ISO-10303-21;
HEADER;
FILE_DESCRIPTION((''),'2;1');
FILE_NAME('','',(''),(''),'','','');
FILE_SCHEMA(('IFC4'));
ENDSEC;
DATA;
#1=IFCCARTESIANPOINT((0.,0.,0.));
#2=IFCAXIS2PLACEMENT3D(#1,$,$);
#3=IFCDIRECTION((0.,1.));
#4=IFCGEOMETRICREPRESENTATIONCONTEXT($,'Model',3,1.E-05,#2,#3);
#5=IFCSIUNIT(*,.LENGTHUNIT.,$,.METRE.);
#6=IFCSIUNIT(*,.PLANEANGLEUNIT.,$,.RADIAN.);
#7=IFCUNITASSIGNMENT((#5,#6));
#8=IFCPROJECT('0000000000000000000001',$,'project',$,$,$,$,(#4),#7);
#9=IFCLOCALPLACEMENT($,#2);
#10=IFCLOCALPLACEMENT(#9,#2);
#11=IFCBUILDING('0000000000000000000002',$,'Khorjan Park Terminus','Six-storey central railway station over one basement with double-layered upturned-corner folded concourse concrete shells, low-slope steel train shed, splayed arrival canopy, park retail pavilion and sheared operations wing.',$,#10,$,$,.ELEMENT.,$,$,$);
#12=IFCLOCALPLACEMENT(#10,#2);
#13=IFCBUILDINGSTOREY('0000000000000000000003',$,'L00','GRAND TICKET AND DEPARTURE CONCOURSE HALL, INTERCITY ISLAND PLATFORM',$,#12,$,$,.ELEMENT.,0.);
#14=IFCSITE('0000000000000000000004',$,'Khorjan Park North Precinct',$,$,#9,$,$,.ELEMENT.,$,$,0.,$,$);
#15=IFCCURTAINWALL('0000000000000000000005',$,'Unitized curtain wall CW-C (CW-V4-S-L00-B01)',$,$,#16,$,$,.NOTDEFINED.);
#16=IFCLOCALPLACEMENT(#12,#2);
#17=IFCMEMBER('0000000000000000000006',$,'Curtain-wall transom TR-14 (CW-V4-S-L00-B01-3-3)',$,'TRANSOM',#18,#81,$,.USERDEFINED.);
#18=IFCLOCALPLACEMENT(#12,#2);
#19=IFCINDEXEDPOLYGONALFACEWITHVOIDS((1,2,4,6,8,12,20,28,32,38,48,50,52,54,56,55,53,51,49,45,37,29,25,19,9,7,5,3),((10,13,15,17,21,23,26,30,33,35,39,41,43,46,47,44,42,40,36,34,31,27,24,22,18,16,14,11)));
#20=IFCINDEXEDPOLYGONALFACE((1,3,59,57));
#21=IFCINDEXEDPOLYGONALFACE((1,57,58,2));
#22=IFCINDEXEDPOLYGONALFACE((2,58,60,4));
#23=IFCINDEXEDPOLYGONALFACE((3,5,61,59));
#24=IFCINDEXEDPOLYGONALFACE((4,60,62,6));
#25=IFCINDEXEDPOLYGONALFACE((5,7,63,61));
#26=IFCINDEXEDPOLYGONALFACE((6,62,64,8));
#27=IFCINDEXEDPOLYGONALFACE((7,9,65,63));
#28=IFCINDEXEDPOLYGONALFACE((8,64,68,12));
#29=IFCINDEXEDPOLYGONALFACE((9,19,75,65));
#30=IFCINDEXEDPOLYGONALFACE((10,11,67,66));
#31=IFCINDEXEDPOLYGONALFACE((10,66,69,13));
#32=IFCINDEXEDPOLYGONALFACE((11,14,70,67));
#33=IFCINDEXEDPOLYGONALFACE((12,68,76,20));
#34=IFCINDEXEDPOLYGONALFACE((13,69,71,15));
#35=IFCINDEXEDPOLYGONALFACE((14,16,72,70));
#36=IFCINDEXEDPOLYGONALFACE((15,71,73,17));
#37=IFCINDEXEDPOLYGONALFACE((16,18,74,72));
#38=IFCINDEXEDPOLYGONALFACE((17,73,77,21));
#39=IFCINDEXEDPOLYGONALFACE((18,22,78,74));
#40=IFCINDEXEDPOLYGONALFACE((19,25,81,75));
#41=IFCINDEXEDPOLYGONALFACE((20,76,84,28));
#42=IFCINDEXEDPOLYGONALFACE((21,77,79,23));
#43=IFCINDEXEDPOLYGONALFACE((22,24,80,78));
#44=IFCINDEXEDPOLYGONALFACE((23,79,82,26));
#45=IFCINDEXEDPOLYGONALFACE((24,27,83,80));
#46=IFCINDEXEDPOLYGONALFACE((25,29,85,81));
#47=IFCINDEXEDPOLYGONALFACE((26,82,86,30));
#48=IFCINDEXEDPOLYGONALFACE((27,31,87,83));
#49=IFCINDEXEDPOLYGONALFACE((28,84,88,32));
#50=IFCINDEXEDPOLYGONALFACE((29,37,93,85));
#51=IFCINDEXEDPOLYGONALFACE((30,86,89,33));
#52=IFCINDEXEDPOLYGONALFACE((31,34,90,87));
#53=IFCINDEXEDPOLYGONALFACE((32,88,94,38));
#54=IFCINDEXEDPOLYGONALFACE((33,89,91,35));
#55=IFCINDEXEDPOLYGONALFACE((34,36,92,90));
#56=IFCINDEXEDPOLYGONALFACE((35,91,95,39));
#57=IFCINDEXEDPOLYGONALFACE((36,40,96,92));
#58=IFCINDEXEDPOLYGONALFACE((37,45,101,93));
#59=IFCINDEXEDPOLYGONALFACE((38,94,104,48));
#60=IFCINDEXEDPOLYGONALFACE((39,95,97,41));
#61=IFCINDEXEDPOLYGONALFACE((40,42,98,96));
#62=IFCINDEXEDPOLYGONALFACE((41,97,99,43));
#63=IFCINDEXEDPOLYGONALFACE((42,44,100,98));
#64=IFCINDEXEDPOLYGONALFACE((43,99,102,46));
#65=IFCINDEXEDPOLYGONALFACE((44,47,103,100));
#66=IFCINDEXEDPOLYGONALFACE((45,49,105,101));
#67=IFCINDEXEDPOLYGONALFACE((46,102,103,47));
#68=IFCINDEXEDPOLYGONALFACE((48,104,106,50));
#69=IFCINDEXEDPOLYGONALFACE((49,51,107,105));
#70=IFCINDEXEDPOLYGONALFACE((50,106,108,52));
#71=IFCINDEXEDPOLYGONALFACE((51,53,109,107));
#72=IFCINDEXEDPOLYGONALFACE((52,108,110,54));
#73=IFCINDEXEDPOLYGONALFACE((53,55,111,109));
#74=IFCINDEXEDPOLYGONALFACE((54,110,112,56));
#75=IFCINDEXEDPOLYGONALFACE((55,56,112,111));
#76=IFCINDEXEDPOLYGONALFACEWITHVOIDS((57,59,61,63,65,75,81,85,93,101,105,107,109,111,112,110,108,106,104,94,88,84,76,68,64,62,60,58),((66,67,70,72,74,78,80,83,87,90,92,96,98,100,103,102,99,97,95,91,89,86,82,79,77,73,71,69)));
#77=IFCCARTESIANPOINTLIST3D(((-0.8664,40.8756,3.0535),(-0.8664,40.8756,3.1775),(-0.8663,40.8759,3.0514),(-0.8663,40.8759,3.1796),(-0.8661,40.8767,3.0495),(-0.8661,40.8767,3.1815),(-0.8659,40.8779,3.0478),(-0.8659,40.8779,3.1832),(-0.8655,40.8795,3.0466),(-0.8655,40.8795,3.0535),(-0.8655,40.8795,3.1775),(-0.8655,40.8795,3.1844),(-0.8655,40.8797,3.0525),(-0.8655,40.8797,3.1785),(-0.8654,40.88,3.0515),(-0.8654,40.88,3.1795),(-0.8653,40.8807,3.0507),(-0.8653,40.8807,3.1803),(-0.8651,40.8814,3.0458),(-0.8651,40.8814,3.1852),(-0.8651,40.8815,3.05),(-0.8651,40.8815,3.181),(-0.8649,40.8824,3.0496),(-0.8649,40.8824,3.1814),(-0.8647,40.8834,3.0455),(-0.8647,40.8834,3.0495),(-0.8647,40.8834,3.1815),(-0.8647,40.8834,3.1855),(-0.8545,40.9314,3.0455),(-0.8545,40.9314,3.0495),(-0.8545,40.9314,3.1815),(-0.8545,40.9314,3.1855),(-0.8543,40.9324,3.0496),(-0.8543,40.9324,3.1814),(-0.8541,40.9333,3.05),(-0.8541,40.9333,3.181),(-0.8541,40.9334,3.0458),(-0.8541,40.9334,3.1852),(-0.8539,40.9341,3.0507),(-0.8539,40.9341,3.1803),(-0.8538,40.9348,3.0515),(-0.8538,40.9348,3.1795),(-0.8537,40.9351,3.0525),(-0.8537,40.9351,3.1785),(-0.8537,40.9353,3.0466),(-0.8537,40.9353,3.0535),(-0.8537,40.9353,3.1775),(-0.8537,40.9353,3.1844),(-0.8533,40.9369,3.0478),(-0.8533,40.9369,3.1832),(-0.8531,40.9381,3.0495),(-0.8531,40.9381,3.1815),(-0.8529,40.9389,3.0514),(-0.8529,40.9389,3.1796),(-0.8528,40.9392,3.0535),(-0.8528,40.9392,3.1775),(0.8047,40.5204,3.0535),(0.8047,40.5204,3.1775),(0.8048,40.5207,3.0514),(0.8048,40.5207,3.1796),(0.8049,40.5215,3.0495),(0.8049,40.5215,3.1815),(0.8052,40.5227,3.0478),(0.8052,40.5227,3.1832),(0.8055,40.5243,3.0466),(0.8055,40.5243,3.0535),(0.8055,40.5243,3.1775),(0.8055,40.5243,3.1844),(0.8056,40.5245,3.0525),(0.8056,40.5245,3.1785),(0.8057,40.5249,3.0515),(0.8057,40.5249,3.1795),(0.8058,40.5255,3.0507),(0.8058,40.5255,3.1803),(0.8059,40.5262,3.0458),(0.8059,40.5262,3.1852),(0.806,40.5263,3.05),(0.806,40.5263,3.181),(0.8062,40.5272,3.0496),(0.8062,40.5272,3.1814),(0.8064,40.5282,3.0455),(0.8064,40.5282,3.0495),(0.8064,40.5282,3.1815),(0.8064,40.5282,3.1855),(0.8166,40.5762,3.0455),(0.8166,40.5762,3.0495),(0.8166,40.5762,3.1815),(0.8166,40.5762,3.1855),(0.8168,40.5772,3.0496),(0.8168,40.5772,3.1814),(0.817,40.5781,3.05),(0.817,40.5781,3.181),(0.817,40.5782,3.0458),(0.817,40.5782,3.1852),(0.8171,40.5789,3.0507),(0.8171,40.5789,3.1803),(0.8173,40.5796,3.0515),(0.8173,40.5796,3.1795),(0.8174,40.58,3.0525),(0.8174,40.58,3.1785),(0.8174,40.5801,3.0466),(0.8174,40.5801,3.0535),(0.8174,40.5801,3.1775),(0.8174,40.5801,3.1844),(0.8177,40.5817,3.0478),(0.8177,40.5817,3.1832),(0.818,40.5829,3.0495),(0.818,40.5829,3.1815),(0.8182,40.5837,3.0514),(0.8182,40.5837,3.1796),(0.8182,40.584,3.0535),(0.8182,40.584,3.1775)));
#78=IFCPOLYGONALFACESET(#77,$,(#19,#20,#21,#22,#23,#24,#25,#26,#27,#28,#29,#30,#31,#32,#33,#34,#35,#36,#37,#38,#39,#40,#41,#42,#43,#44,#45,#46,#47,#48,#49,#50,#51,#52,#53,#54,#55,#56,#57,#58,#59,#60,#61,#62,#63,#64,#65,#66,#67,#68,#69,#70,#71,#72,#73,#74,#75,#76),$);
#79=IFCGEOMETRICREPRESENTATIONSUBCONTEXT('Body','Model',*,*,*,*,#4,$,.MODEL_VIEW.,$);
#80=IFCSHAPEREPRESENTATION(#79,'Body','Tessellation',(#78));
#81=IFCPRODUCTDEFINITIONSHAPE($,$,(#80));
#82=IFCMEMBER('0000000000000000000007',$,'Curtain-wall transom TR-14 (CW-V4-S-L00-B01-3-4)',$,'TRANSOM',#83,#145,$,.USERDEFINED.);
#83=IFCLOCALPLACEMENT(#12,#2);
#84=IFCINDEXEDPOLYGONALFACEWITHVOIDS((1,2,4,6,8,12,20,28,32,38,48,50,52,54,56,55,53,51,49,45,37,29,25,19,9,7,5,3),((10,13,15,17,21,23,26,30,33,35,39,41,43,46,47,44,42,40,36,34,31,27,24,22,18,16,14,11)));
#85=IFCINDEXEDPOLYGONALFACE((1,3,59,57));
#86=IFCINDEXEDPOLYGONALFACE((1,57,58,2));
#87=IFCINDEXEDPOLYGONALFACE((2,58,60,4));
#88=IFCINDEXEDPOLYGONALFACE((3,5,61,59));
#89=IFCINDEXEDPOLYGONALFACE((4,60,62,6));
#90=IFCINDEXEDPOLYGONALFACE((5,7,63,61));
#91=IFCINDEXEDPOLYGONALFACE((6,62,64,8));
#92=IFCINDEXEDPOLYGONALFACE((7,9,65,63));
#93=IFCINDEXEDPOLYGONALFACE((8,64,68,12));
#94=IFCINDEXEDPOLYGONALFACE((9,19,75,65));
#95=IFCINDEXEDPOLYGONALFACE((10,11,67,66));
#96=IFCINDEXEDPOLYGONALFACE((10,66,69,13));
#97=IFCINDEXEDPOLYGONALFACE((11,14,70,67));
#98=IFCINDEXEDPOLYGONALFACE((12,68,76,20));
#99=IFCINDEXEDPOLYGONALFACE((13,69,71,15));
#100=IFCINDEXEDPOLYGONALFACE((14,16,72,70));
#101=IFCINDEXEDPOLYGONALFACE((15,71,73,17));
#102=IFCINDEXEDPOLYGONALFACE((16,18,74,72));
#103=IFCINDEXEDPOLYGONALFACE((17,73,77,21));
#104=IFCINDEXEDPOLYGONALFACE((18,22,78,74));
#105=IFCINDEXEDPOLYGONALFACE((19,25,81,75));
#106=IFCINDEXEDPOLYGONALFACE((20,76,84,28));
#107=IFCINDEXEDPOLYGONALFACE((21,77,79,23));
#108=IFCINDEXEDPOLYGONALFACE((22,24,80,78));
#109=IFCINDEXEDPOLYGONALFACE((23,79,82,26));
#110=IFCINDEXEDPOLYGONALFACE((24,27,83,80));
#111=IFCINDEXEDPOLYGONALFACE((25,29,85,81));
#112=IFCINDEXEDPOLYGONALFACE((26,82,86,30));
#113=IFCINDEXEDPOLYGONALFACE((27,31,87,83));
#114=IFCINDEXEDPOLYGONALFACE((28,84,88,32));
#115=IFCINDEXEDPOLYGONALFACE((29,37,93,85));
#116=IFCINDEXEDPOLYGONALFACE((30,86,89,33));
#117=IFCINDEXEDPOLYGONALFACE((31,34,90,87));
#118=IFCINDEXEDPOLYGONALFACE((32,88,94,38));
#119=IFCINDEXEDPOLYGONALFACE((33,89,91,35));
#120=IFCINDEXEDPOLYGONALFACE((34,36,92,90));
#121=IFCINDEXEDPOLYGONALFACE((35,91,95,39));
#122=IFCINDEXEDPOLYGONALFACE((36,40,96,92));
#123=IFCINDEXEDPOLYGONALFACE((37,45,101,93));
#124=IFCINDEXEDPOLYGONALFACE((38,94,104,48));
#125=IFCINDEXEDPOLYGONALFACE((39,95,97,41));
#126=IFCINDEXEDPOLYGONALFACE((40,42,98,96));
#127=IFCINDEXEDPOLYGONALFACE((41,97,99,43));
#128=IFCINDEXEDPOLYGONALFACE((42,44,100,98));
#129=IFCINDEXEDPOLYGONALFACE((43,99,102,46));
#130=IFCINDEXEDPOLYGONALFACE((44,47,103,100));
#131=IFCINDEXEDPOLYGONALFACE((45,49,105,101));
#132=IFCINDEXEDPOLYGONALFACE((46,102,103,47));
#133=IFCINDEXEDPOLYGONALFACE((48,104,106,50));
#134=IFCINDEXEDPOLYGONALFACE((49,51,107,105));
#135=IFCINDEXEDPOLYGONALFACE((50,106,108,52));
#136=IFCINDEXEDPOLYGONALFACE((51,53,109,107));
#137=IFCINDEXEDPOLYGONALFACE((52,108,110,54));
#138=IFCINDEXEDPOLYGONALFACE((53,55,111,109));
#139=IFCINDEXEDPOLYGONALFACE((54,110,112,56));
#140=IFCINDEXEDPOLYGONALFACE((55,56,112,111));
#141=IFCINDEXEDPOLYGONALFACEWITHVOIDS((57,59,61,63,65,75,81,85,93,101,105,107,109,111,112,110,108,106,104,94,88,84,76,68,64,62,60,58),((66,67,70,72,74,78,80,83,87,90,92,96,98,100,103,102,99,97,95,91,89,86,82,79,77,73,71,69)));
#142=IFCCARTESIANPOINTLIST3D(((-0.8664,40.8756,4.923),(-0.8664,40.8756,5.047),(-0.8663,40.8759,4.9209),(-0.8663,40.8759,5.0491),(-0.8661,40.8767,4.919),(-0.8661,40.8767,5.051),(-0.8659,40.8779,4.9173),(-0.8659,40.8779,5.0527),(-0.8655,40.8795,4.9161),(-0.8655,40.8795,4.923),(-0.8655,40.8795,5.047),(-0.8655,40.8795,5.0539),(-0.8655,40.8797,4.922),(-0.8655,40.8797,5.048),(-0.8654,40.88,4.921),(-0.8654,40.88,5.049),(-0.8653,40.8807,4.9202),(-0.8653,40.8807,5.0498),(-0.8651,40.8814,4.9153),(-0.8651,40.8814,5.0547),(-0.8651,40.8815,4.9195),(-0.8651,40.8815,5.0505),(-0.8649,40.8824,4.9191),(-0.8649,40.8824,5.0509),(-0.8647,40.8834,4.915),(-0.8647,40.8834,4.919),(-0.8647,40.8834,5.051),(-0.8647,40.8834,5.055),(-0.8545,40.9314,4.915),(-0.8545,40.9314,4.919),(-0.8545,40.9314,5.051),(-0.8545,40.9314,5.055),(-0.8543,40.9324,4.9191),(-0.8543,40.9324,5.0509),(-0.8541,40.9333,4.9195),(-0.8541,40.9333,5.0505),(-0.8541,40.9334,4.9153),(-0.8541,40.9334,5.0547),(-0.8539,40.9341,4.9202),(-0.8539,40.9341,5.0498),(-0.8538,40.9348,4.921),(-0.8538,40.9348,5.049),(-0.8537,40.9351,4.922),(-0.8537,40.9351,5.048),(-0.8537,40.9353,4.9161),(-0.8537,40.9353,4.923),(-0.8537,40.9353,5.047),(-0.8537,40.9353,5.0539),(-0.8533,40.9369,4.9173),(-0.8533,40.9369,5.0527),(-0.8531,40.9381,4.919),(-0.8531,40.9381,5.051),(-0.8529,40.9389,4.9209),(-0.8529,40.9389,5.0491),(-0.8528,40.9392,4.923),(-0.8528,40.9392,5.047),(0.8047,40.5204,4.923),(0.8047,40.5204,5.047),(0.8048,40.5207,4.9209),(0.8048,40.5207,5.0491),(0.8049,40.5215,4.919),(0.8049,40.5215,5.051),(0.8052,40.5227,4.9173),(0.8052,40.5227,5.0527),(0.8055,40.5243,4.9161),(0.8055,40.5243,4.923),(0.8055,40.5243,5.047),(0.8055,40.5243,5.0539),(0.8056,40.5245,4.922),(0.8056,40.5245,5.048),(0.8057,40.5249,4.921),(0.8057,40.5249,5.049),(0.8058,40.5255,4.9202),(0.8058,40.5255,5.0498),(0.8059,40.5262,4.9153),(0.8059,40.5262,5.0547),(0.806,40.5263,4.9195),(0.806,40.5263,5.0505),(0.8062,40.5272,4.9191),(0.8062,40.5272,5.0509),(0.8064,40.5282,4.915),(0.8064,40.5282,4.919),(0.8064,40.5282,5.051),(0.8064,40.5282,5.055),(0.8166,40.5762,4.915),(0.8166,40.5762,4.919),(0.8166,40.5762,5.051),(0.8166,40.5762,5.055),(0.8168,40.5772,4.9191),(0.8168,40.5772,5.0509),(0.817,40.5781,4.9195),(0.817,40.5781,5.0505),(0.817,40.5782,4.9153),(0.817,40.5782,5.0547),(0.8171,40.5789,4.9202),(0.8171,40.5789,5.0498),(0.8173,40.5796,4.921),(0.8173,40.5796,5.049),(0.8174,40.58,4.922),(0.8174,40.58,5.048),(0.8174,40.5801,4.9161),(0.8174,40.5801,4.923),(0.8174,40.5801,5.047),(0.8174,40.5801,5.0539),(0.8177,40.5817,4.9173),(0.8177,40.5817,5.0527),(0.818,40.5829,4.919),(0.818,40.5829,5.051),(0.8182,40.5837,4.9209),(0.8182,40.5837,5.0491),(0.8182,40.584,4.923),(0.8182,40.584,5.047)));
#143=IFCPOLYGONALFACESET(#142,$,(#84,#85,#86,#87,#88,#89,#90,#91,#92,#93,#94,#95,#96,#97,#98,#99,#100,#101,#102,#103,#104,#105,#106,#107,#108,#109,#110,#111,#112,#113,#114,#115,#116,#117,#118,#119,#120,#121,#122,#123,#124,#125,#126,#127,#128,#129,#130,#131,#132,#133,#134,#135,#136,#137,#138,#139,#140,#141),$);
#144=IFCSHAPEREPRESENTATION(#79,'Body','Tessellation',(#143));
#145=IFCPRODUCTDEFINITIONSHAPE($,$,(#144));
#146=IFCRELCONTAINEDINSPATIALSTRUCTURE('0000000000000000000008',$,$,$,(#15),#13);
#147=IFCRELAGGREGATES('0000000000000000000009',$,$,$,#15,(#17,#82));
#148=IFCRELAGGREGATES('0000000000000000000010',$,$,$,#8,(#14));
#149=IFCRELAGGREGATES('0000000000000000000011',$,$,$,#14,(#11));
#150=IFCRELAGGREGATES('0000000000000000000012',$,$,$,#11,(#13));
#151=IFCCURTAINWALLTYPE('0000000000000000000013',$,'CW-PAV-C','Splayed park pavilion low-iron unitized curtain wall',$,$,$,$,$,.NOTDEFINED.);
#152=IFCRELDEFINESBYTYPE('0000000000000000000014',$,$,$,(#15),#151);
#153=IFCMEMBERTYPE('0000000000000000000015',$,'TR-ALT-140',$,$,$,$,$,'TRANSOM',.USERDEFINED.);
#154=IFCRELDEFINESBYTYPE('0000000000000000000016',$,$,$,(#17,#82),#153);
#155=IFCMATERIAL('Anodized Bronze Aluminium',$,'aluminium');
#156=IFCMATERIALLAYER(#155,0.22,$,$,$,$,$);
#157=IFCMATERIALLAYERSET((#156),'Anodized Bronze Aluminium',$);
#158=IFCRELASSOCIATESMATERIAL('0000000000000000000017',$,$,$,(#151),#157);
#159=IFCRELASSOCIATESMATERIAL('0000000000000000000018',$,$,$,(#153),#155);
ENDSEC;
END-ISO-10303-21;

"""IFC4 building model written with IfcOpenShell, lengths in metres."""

from ifc_helpers import new_model, si_unit, direction, frame, origin, origin_2d, place, context, subcontext, project, spatial, hollow_rectangle, extrude, material, layer, layer_set, material_profile, profile_set, type_object, element, aggregate, save


model = new_model("IFC4")

# Units and contexts
model_context = context("Model", 3, precision=1e-05, world=origin(), true_north=direction((0.0, 1.0)))
body_context = subcontext(model_context, "Body", "Model", "MODEL_VIEW")
ifc_project = project(units=[si_unit("LENGTHUNIT", "METRE"), si_unit("PLANEANGLEUNIT", "RADIAN")], contexts=[model_context])

# Site, building, storey
site_placement = place(None, origin())
site = spatial("IfcSite", under=ifc_project, at=site_placement, Name="Khorjan Park North Precinct", CompositionType="ELEMENT", RefElevation=0.0)
building_placement = place(site_placement, origin())
building = spatial("IfcBuilding", under=site, at=building_placement, Name="Khorjan Park Terminus", Description="Six-storey central railway station over one basement with double-layered upturned-corner folded concourse concrete shells, low-slope steel train shed, splayed arrival canopy, park retail pavilion and sheared operations wing.", CompositionType="ELEMENT")
storey_placement = place(building_placement, origin())
storey = spatial("IfcBuildingStorey", under=building, at=storey_placement, Name="L00", Description="GRAND TICKET AND DEPARTURE CONCOURSE HALL, INTERCITY ISLAND PLATFORM", CompositionType="ELEMENT", Elevation=0.0)

# Curtain wall, members
ifc_material_1 = material(Name="Anodized Bronze Aluminium", Category="aluminium")
ifc_layer_1 = layer(ifc_material_1, 0.22)
ifc_layer_set_1 = layer_set([ifc_layer_1], Name="Anodized Bronze Aluminium")
curtain_wall_type = type_object("IfcCurtainWallType", Name="CW-PAV-C", Description="Splayed park pavilion low-iron unitized curtain wall", PredefinedType="NOTDEFINED", material=ifc_layer_set_1)
curtain_wall_placement = place(storey_placement, origin())
curtain_wall = element("IfcCurtainWall", 1, at=curtain_wall_placement, inside=storey, type_object=curtain_wall_type, Name="Unitized curtain wall CW-C (CW-V4-S-L00-B01)", PredefinedType="NOTDEFINED")
ifc_material_profile_1 = material_profile(ifc_material_1, hollow_rectangle(XDim=0.065, YDim=0.14, WallThickness=0.004, InnerFilletRadius=0.004, OuterFilletRadius=0.008, at=origin_2d()), Name="ALT 65x140x4")
ifc_profile_set_1 = profile_set([ifc_material_profile_1], Name="Anodized Bronze Aluminium")
member_type_1 = type_object("IfcMemberType", Name="TR-ALT-140", ElementType="TRANSOM", PredefinedType="USERDEFINED", material=ifc_profile_set_1)
member_1_placement = place(storey_placement, frame((-0.8596, 40.9074, 3.1155), z_axis=(0.978148, -0.20791, 0.0), x_axis=(0.20791, 0.978148, 0.0)))
member_1 = element("IfcMember", 2, at=member_1_placement, type_object=member_type_1, Name="Curtain-wall transom TR-14 (CW-V4-S-L00-B01-3-3)", ObjectType="TRANSOM", PredefinedType="USERDEFINED", context=body_context, shape_type="SweptSolid", body=[
    extrude(hollow_rectangle(XDim=0.065, YDim=0.14, WallThickness=0.004, InnerFilletRadius=0.004, OuterFilletRadius=0.008, at=origin_2d()), origin(), (0.0, 0.0, 1.0), 1.7084),
])
member_2_placement = place(storey_placement, frame((-0.8596, 40.9074, 4.985), z_axis=(0.978148, -0.20791, 0.0), x_axis=(0.20791, 0.978148, 0.0)))
member_2 = element("IfcMember", 3, at=member_2_placement, type_object=member_type_1, Name="Curtain-wall transom TR-14 (CW-V4-S-L00-B01-3-4)", ObjectType="TRANSOM", PredefinedType="USERDEFINED", context=body_context, shape_type="SweptSolid", body=[
    extrude(hollow_rectangle(XDim=0.065, YDim=0.14, WallThickness=0.004, InnerFilletRadius=0.004, OuterFilletRadius=0.008, at=origin_2d()), origin(), (0.0, 0.0, 1.0), 1.7084),
])
aggregate(curtain_wall, [member_1, member_2])

save(model, "model.ifc")
